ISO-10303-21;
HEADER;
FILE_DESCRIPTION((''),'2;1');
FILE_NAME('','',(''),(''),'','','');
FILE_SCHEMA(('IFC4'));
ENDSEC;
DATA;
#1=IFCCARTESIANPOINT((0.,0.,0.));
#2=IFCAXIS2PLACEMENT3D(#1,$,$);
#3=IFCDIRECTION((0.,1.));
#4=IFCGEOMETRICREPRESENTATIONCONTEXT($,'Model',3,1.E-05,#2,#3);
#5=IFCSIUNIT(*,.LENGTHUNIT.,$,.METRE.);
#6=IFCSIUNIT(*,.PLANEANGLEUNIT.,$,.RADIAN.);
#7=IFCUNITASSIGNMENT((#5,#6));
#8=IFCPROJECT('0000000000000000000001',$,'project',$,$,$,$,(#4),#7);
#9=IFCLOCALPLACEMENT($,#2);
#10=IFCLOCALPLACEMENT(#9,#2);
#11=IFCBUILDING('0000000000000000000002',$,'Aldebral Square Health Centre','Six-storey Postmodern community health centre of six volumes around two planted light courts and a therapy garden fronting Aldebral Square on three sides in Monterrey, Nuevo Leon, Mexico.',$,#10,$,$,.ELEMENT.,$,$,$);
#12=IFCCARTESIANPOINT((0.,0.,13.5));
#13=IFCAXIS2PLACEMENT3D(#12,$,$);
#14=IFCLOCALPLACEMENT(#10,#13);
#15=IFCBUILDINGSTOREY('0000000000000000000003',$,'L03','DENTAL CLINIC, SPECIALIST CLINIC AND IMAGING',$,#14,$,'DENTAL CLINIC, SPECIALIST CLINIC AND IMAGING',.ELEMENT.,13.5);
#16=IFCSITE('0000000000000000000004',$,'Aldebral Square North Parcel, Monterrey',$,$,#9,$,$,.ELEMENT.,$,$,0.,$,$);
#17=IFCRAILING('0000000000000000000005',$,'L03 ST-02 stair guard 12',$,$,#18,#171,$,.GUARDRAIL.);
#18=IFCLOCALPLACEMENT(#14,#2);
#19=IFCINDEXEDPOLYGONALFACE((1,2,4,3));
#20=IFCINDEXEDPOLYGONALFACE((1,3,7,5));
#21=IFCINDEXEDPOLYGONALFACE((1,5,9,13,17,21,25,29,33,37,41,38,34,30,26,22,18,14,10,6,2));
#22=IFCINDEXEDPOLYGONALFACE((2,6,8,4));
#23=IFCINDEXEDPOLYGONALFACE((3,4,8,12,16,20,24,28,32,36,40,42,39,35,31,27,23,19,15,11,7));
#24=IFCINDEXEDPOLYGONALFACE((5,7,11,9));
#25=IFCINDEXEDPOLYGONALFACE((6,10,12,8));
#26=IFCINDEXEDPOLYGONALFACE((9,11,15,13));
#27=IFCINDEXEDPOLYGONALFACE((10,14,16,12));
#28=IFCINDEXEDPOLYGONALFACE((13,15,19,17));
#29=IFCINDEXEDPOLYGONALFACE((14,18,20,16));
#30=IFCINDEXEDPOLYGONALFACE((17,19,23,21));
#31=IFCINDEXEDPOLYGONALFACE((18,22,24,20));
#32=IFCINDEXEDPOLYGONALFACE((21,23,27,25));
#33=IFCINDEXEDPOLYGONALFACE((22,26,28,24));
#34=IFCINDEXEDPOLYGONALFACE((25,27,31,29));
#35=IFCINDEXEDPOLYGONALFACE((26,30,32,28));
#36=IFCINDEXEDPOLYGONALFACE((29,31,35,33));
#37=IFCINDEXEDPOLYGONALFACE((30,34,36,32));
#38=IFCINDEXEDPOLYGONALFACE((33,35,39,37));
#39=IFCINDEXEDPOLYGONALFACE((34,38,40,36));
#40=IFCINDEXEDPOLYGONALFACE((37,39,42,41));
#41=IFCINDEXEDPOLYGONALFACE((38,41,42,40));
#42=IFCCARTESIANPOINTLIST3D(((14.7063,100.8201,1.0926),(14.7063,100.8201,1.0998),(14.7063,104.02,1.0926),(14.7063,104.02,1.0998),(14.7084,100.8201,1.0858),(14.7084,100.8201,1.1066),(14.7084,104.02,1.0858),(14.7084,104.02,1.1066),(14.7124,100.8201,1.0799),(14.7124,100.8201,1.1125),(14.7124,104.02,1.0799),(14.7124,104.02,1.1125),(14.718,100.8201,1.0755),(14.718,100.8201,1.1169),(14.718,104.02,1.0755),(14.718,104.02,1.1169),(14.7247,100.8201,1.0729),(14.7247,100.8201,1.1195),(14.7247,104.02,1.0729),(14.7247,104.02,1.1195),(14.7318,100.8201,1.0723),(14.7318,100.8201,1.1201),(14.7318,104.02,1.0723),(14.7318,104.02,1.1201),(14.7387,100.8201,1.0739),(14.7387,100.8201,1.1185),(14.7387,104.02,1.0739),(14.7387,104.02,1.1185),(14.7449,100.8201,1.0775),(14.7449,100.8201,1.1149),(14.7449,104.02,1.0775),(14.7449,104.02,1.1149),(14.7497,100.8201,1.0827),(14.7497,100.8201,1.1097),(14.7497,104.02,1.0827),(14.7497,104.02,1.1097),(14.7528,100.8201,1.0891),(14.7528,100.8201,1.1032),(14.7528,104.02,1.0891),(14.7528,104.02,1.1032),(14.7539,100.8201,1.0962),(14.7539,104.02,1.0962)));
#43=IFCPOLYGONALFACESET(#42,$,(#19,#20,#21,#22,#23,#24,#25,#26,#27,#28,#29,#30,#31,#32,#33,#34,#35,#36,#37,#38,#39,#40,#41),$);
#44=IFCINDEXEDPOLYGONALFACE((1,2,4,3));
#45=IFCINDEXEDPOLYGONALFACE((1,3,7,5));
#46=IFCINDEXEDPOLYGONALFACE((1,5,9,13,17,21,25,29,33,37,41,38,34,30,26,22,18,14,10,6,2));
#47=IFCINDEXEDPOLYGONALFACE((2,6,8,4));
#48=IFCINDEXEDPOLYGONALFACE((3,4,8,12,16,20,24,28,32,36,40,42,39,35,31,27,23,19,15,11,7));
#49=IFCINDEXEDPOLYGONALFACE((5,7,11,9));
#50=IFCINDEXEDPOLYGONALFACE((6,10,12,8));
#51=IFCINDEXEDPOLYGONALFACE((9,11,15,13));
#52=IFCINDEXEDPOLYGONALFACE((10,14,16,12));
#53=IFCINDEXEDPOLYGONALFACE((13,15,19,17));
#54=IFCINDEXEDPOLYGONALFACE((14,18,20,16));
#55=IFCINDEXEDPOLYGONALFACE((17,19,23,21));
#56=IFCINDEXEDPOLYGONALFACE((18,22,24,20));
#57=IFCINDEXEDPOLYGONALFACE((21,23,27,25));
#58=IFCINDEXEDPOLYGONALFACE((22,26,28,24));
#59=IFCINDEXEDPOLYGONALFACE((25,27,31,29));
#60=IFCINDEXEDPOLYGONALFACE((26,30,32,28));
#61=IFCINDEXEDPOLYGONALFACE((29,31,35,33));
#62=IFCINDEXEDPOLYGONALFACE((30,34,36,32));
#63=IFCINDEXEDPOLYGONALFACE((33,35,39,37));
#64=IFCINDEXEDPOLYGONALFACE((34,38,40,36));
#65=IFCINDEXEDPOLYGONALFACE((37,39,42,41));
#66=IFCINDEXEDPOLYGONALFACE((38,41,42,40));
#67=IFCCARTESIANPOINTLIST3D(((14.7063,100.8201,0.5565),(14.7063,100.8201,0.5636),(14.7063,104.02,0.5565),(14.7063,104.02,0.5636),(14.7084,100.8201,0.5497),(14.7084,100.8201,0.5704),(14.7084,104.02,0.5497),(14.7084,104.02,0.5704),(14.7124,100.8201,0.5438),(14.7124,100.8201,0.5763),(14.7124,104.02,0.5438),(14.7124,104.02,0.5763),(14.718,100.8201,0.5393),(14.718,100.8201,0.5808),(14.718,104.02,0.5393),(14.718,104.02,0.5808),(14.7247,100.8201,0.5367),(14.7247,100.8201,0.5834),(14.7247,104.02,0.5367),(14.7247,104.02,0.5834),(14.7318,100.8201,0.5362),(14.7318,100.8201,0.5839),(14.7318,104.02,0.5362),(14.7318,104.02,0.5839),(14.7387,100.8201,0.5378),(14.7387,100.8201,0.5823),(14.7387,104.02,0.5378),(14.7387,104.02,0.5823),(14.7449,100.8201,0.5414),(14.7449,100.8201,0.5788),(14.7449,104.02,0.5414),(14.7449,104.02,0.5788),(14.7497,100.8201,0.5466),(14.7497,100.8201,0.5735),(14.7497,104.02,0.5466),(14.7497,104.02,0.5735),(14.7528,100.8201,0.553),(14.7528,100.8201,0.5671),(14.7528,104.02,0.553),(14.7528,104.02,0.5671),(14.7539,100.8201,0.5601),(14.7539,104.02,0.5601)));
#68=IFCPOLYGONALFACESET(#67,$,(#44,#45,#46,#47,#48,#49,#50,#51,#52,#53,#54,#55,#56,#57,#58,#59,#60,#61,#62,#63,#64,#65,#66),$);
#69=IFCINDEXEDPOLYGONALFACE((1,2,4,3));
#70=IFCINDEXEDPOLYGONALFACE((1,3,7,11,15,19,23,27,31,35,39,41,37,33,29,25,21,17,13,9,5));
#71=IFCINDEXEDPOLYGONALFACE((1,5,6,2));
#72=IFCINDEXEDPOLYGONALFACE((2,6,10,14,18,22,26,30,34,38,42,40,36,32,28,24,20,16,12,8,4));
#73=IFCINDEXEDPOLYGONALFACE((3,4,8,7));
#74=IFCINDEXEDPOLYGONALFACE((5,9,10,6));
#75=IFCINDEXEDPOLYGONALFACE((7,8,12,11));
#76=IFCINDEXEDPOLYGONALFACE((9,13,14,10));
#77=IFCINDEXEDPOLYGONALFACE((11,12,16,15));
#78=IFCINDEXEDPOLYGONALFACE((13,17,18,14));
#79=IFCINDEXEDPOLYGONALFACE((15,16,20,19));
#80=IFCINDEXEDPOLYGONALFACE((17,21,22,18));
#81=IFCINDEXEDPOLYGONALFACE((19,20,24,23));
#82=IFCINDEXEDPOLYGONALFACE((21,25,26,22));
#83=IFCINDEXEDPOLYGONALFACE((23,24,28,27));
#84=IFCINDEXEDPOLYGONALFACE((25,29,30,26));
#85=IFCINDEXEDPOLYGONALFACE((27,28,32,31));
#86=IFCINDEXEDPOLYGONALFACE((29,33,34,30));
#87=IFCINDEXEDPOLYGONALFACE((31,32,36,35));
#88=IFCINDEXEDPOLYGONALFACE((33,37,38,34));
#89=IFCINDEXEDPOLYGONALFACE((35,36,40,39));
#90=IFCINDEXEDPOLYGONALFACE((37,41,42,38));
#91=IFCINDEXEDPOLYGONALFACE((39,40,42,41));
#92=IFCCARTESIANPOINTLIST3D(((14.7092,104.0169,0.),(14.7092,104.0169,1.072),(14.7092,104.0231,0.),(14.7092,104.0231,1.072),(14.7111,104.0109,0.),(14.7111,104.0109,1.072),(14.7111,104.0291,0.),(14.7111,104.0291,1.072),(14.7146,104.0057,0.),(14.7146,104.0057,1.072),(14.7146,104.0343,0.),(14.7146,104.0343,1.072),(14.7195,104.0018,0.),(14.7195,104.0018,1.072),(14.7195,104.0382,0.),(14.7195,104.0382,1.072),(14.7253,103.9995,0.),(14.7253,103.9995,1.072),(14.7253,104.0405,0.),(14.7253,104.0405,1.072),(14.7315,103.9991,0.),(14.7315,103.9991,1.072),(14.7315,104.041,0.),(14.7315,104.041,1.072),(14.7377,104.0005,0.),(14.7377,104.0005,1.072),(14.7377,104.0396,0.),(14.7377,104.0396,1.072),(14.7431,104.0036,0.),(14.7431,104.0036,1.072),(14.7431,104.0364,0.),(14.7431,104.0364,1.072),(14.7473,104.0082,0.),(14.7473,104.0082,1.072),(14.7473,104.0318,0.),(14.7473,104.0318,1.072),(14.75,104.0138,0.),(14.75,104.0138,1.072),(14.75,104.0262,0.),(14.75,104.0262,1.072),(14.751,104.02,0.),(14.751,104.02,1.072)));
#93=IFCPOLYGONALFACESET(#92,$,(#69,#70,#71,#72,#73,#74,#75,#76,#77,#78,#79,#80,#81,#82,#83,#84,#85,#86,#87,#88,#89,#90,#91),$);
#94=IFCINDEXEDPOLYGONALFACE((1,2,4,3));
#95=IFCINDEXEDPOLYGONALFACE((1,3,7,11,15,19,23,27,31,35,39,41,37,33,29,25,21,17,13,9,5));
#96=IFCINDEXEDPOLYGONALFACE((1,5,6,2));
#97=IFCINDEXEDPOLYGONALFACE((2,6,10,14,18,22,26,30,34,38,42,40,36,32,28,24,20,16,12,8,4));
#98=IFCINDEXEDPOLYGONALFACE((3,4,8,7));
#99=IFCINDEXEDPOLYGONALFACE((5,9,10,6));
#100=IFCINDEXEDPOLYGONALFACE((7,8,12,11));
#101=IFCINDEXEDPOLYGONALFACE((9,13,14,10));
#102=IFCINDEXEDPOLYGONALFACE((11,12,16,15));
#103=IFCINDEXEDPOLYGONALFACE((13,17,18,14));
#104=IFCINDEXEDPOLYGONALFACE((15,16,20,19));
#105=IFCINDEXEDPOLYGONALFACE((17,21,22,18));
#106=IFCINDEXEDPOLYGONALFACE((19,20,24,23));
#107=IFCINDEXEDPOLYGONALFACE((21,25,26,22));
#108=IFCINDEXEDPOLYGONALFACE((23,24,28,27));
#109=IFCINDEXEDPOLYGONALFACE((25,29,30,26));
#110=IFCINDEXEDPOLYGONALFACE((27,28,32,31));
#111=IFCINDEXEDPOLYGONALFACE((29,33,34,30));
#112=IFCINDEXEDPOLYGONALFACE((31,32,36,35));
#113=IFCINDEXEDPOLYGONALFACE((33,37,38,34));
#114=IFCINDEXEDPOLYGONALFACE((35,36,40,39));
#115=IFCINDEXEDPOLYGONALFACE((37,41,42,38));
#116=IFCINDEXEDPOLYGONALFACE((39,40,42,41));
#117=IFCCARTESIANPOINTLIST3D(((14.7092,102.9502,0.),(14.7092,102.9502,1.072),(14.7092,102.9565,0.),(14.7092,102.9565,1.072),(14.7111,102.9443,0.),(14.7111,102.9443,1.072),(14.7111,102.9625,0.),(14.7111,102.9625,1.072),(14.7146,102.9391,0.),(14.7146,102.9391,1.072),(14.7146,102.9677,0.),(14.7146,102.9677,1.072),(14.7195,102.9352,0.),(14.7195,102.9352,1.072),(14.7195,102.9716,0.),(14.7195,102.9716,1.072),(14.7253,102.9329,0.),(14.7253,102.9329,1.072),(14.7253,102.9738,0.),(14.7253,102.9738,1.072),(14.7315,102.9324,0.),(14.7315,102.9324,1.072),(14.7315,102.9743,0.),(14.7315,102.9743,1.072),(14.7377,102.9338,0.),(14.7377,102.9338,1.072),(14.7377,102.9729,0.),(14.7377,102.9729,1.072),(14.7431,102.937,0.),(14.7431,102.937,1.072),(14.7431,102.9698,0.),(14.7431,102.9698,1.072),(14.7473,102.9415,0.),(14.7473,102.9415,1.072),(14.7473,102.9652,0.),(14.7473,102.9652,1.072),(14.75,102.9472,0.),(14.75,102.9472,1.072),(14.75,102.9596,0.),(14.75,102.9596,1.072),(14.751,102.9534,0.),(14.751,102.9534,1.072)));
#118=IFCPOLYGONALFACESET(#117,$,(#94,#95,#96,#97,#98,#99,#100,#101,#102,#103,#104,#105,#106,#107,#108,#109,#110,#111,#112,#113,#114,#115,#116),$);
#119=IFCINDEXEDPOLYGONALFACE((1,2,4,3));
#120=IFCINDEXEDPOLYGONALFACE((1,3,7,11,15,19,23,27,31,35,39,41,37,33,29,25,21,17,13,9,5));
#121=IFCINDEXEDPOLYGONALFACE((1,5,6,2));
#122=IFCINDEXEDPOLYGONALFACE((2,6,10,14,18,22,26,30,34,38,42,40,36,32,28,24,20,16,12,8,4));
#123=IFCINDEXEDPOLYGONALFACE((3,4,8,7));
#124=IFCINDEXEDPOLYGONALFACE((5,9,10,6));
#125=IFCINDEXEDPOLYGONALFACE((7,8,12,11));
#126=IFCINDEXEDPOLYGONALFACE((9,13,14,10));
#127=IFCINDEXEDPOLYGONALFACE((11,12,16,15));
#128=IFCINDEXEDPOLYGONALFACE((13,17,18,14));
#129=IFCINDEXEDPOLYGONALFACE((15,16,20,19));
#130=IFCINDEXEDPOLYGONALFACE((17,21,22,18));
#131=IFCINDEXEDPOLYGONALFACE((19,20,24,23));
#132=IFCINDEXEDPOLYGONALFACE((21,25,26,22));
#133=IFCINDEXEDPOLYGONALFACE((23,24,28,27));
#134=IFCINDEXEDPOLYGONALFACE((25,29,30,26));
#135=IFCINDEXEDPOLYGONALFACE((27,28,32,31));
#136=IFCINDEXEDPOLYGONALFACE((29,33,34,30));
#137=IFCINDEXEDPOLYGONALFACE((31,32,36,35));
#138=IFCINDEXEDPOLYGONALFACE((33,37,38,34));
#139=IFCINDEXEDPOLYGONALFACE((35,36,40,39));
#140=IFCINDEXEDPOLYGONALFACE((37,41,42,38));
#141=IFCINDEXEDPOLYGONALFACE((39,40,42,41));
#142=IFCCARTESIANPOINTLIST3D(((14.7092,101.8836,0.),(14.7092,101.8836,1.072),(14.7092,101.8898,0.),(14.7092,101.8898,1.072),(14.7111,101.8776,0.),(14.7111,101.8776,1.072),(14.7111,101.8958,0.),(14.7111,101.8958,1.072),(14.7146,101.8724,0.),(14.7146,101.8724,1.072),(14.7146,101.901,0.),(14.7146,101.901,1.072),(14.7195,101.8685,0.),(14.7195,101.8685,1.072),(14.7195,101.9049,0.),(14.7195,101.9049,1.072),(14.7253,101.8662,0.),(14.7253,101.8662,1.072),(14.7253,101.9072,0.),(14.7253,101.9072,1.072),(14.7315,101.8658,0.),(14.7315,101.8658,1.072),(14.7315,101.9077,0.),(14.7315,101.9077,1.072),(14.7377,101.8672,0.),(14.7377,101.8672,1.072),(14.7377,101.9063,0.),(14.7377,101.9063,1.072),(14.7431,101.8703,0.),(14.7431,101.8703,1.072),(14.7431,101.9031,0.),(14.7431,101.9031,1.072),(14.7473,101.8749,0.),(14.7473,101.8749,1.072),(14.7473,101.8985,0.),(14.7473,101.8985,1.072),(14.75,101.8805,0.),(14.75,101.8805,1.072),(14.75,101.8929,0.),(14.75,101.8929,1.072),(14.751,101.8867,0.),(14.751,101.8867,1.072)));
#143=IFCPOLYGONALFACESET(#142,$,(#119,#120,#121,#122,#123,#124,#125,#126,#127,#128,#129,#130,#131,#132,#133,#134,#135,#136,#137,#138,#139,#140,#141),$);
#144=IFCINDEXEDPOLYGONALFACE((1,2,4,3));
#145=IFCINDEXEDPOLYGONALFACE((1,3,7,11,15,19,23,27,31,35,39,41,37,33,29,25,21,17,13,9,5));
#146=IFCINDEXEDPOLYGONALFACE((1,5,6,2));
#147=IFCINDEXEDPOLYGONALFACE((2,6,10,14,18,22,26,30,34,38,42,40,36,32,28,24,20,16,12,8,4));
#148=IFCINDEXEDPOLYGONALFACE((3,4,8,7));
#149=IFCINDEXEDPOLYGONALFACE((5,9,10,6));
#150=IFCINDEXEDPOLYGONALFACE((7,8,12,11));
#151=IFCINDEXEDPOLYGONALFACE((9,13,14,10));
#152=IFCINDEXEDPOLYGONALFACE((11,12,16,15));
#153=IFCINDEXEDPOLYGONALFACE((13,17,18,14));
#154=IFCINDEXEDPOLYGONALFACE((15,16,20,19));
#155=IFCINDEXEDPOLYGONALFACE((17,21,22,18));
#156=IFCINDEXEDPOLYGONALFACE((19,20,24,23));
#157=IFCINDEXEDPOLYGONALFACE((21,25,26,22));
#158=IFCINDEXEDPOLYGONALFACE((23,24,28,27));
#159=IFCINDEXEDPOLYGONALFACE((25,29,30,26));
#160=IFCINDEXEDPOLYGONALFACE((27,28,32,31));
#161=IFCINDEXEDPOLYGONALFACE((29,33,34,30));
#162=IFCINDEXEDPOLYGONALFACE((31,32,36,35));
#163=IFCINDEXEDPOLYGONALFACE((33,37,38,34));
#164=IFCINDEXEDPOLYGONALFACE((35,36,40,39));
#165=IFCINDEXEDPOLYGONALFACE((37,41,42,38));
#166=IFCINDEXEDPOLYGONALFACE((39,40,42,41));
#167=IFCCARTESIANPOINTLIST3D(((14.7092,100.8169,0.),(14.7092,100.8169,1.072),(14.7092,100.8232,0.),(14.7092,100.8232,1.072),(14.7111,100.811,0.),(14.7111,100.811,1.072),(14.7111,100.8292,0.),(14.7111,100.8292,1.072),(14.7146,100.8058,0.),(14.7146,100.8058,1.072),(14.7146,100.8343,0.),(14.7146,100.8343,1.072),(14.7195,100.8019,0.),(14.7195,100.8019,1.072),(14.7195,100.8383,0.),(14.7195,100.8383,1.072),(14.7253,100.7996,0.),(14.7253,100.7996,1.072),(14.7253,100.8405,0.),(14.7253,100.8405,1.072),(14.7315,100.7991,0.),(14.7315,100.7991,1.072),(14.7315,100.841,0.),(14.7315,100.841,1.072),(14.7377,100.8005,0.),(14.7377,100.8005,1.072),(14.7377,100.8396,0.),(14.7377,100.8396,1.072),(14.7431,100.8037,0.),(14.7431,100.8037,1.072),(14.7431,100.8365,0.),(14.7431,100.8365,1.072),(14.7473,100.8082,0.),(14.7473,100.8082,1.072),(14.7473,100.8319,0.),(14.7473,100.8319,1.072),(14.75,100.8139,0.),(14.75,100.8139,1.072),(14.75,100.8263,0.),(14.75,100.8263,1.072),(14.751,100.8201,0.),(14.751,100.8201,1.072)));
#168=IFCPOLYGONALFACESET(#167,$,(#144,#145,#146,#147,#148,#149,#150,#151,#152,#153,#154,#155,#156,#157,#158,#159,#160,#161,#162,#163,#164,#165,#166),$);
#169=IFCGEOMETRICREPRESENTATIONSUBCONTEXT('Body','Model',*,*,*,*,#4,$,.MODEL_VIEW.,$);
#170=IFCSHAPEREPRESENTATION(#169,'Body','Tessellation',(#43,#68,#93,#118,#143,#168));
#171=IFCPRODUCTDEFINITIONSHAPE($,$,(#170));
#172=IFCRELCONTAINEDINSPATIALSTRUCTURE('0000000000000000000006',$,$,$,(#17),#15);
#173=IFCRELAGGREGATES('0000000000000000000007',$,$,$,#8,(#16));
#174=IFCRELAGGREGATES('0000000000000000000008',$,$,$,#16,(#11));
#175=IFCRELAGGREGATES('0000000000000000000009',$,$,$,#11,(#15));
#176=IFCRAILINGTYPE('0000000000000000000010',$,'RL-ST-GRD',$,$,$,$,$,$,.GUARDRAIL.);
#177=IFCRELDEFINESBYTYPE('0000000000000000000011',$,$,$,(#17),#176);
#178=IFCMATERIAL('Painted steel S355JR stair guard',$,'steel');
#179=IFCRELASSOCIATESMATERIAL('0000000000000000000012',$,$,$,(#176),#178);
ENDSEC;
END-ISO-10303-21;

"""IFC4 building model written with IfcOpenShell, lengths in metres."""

from ifc_helpers import new_model, si_unit, direction, frame, origin, origin_2d, place, context, subcontext, project, spatial, circle, extrude, material, type_object, element, save


model = new_model("IFC4")

# Units and contexts
model_context = context("Model", 3, precision=1e-05, world=origin(), true_north=direction((0.0, 1.0)))
body_context = subcontext(model_context, "Body", "Model", "MODEL_VIEW")
ifc_project = project(units=[si_unit("LENGTHUNIT", "METRE"), si_unit("PLANEANGLEUNIT", "RADIAN")], contexts=[model_context])

# Site, building, storey
site_placement = place(None, origin())
site = spatial("IfcSite", under=ifc_project, at=site_placement, Name="Aldebral Square North Parcel, Monterrey", CompositionType="ELEMENT", RefElevation=0.0)
building_placement = place(site_placement, origin())
building = spatial("IfcBuilding", under=site, at=building_placement, Name="Aldebral Square Health Centre", Description="Six-storey Postmodern community health centre of six volumes around two planted light courts and a therapy garden fronting Aldebral Square on three sides in Monterrey, Nuevo Leon, Mexico.", CompositionType="ELEMENT")
storey_placement = place(building_placement, frame((0.0, 0.0, 13.5)))
storey = spatial("IfcBuildingStorey", under=building, at=storey_placement, Name="L03", Description="DENTAL CLINIC, SPECIALIST CLINIC AND IMAGING", LongName="DENTAL CLINIC, SPECIALIST CLINIC AND IMAGING", CompositionType="ELEMENT", Elevation=13.5)

# Railing
ifc_material_1 = material(Name="Painted steel S355JR stair guard", Category="steel")
railing_type = type_object("IfcRailingType", Name="RL-ST-GRD", PredefinedType="GUARDRAIL", material=ifc_material_1)
railing_1_placement = place(storey_placement, frame((14.73, 104.02, 0.0)))
element("IfcRailing", 1, at=railing_1_placement, inside=storey, type_object=railing_type, Name="L03 ST-02 stair guard 12", PredefinedType="GUARDRAIL", context=body_context, shape_type="SweptSolid", body=[
    extrude(circle(Radius=0.0239, at=origin_2d()), frame((0.0, 0.0, 1.0962), z_axis=(0.0, -1.0, 0.0), x_axis=(1.0, 0.0, 0.0)), (0.0, 0.0, 1.0), 3.2),
    extrude(circle(Radius=0.0239, at=origin_2d()), frame((0.0, 0.0, 0.5601), z_axis=(0.0, -1.0, 0.0), x_axis=(1.0, 0.0, 0.0)), (0.0, 0.0, 1.0), 3.2),
    extrude(circle(Radius=0.021, at=origin_2d()), origin(), (0.0, 0.0, 1.0), 1.072),
    extrude(circle(Radius=0.021, at=origin_2d()), frame((0.0, -1.0667, 0.0)), (0.0, 0.0, 1.0), 1.072),
    extrude(circle(Radius=0.021, at=origin_2d()), frame((0.0, -2.1333, 0.0)), (0.0, 0.0, 1.0), 1.072),
    extrude(circle(Radius=0.021, at=origin_2d()), frame((0.0, -3.2, 0.0)), (0.0, 0.0, 1.0), 1.072),
])

save(model, "model.ifc")
